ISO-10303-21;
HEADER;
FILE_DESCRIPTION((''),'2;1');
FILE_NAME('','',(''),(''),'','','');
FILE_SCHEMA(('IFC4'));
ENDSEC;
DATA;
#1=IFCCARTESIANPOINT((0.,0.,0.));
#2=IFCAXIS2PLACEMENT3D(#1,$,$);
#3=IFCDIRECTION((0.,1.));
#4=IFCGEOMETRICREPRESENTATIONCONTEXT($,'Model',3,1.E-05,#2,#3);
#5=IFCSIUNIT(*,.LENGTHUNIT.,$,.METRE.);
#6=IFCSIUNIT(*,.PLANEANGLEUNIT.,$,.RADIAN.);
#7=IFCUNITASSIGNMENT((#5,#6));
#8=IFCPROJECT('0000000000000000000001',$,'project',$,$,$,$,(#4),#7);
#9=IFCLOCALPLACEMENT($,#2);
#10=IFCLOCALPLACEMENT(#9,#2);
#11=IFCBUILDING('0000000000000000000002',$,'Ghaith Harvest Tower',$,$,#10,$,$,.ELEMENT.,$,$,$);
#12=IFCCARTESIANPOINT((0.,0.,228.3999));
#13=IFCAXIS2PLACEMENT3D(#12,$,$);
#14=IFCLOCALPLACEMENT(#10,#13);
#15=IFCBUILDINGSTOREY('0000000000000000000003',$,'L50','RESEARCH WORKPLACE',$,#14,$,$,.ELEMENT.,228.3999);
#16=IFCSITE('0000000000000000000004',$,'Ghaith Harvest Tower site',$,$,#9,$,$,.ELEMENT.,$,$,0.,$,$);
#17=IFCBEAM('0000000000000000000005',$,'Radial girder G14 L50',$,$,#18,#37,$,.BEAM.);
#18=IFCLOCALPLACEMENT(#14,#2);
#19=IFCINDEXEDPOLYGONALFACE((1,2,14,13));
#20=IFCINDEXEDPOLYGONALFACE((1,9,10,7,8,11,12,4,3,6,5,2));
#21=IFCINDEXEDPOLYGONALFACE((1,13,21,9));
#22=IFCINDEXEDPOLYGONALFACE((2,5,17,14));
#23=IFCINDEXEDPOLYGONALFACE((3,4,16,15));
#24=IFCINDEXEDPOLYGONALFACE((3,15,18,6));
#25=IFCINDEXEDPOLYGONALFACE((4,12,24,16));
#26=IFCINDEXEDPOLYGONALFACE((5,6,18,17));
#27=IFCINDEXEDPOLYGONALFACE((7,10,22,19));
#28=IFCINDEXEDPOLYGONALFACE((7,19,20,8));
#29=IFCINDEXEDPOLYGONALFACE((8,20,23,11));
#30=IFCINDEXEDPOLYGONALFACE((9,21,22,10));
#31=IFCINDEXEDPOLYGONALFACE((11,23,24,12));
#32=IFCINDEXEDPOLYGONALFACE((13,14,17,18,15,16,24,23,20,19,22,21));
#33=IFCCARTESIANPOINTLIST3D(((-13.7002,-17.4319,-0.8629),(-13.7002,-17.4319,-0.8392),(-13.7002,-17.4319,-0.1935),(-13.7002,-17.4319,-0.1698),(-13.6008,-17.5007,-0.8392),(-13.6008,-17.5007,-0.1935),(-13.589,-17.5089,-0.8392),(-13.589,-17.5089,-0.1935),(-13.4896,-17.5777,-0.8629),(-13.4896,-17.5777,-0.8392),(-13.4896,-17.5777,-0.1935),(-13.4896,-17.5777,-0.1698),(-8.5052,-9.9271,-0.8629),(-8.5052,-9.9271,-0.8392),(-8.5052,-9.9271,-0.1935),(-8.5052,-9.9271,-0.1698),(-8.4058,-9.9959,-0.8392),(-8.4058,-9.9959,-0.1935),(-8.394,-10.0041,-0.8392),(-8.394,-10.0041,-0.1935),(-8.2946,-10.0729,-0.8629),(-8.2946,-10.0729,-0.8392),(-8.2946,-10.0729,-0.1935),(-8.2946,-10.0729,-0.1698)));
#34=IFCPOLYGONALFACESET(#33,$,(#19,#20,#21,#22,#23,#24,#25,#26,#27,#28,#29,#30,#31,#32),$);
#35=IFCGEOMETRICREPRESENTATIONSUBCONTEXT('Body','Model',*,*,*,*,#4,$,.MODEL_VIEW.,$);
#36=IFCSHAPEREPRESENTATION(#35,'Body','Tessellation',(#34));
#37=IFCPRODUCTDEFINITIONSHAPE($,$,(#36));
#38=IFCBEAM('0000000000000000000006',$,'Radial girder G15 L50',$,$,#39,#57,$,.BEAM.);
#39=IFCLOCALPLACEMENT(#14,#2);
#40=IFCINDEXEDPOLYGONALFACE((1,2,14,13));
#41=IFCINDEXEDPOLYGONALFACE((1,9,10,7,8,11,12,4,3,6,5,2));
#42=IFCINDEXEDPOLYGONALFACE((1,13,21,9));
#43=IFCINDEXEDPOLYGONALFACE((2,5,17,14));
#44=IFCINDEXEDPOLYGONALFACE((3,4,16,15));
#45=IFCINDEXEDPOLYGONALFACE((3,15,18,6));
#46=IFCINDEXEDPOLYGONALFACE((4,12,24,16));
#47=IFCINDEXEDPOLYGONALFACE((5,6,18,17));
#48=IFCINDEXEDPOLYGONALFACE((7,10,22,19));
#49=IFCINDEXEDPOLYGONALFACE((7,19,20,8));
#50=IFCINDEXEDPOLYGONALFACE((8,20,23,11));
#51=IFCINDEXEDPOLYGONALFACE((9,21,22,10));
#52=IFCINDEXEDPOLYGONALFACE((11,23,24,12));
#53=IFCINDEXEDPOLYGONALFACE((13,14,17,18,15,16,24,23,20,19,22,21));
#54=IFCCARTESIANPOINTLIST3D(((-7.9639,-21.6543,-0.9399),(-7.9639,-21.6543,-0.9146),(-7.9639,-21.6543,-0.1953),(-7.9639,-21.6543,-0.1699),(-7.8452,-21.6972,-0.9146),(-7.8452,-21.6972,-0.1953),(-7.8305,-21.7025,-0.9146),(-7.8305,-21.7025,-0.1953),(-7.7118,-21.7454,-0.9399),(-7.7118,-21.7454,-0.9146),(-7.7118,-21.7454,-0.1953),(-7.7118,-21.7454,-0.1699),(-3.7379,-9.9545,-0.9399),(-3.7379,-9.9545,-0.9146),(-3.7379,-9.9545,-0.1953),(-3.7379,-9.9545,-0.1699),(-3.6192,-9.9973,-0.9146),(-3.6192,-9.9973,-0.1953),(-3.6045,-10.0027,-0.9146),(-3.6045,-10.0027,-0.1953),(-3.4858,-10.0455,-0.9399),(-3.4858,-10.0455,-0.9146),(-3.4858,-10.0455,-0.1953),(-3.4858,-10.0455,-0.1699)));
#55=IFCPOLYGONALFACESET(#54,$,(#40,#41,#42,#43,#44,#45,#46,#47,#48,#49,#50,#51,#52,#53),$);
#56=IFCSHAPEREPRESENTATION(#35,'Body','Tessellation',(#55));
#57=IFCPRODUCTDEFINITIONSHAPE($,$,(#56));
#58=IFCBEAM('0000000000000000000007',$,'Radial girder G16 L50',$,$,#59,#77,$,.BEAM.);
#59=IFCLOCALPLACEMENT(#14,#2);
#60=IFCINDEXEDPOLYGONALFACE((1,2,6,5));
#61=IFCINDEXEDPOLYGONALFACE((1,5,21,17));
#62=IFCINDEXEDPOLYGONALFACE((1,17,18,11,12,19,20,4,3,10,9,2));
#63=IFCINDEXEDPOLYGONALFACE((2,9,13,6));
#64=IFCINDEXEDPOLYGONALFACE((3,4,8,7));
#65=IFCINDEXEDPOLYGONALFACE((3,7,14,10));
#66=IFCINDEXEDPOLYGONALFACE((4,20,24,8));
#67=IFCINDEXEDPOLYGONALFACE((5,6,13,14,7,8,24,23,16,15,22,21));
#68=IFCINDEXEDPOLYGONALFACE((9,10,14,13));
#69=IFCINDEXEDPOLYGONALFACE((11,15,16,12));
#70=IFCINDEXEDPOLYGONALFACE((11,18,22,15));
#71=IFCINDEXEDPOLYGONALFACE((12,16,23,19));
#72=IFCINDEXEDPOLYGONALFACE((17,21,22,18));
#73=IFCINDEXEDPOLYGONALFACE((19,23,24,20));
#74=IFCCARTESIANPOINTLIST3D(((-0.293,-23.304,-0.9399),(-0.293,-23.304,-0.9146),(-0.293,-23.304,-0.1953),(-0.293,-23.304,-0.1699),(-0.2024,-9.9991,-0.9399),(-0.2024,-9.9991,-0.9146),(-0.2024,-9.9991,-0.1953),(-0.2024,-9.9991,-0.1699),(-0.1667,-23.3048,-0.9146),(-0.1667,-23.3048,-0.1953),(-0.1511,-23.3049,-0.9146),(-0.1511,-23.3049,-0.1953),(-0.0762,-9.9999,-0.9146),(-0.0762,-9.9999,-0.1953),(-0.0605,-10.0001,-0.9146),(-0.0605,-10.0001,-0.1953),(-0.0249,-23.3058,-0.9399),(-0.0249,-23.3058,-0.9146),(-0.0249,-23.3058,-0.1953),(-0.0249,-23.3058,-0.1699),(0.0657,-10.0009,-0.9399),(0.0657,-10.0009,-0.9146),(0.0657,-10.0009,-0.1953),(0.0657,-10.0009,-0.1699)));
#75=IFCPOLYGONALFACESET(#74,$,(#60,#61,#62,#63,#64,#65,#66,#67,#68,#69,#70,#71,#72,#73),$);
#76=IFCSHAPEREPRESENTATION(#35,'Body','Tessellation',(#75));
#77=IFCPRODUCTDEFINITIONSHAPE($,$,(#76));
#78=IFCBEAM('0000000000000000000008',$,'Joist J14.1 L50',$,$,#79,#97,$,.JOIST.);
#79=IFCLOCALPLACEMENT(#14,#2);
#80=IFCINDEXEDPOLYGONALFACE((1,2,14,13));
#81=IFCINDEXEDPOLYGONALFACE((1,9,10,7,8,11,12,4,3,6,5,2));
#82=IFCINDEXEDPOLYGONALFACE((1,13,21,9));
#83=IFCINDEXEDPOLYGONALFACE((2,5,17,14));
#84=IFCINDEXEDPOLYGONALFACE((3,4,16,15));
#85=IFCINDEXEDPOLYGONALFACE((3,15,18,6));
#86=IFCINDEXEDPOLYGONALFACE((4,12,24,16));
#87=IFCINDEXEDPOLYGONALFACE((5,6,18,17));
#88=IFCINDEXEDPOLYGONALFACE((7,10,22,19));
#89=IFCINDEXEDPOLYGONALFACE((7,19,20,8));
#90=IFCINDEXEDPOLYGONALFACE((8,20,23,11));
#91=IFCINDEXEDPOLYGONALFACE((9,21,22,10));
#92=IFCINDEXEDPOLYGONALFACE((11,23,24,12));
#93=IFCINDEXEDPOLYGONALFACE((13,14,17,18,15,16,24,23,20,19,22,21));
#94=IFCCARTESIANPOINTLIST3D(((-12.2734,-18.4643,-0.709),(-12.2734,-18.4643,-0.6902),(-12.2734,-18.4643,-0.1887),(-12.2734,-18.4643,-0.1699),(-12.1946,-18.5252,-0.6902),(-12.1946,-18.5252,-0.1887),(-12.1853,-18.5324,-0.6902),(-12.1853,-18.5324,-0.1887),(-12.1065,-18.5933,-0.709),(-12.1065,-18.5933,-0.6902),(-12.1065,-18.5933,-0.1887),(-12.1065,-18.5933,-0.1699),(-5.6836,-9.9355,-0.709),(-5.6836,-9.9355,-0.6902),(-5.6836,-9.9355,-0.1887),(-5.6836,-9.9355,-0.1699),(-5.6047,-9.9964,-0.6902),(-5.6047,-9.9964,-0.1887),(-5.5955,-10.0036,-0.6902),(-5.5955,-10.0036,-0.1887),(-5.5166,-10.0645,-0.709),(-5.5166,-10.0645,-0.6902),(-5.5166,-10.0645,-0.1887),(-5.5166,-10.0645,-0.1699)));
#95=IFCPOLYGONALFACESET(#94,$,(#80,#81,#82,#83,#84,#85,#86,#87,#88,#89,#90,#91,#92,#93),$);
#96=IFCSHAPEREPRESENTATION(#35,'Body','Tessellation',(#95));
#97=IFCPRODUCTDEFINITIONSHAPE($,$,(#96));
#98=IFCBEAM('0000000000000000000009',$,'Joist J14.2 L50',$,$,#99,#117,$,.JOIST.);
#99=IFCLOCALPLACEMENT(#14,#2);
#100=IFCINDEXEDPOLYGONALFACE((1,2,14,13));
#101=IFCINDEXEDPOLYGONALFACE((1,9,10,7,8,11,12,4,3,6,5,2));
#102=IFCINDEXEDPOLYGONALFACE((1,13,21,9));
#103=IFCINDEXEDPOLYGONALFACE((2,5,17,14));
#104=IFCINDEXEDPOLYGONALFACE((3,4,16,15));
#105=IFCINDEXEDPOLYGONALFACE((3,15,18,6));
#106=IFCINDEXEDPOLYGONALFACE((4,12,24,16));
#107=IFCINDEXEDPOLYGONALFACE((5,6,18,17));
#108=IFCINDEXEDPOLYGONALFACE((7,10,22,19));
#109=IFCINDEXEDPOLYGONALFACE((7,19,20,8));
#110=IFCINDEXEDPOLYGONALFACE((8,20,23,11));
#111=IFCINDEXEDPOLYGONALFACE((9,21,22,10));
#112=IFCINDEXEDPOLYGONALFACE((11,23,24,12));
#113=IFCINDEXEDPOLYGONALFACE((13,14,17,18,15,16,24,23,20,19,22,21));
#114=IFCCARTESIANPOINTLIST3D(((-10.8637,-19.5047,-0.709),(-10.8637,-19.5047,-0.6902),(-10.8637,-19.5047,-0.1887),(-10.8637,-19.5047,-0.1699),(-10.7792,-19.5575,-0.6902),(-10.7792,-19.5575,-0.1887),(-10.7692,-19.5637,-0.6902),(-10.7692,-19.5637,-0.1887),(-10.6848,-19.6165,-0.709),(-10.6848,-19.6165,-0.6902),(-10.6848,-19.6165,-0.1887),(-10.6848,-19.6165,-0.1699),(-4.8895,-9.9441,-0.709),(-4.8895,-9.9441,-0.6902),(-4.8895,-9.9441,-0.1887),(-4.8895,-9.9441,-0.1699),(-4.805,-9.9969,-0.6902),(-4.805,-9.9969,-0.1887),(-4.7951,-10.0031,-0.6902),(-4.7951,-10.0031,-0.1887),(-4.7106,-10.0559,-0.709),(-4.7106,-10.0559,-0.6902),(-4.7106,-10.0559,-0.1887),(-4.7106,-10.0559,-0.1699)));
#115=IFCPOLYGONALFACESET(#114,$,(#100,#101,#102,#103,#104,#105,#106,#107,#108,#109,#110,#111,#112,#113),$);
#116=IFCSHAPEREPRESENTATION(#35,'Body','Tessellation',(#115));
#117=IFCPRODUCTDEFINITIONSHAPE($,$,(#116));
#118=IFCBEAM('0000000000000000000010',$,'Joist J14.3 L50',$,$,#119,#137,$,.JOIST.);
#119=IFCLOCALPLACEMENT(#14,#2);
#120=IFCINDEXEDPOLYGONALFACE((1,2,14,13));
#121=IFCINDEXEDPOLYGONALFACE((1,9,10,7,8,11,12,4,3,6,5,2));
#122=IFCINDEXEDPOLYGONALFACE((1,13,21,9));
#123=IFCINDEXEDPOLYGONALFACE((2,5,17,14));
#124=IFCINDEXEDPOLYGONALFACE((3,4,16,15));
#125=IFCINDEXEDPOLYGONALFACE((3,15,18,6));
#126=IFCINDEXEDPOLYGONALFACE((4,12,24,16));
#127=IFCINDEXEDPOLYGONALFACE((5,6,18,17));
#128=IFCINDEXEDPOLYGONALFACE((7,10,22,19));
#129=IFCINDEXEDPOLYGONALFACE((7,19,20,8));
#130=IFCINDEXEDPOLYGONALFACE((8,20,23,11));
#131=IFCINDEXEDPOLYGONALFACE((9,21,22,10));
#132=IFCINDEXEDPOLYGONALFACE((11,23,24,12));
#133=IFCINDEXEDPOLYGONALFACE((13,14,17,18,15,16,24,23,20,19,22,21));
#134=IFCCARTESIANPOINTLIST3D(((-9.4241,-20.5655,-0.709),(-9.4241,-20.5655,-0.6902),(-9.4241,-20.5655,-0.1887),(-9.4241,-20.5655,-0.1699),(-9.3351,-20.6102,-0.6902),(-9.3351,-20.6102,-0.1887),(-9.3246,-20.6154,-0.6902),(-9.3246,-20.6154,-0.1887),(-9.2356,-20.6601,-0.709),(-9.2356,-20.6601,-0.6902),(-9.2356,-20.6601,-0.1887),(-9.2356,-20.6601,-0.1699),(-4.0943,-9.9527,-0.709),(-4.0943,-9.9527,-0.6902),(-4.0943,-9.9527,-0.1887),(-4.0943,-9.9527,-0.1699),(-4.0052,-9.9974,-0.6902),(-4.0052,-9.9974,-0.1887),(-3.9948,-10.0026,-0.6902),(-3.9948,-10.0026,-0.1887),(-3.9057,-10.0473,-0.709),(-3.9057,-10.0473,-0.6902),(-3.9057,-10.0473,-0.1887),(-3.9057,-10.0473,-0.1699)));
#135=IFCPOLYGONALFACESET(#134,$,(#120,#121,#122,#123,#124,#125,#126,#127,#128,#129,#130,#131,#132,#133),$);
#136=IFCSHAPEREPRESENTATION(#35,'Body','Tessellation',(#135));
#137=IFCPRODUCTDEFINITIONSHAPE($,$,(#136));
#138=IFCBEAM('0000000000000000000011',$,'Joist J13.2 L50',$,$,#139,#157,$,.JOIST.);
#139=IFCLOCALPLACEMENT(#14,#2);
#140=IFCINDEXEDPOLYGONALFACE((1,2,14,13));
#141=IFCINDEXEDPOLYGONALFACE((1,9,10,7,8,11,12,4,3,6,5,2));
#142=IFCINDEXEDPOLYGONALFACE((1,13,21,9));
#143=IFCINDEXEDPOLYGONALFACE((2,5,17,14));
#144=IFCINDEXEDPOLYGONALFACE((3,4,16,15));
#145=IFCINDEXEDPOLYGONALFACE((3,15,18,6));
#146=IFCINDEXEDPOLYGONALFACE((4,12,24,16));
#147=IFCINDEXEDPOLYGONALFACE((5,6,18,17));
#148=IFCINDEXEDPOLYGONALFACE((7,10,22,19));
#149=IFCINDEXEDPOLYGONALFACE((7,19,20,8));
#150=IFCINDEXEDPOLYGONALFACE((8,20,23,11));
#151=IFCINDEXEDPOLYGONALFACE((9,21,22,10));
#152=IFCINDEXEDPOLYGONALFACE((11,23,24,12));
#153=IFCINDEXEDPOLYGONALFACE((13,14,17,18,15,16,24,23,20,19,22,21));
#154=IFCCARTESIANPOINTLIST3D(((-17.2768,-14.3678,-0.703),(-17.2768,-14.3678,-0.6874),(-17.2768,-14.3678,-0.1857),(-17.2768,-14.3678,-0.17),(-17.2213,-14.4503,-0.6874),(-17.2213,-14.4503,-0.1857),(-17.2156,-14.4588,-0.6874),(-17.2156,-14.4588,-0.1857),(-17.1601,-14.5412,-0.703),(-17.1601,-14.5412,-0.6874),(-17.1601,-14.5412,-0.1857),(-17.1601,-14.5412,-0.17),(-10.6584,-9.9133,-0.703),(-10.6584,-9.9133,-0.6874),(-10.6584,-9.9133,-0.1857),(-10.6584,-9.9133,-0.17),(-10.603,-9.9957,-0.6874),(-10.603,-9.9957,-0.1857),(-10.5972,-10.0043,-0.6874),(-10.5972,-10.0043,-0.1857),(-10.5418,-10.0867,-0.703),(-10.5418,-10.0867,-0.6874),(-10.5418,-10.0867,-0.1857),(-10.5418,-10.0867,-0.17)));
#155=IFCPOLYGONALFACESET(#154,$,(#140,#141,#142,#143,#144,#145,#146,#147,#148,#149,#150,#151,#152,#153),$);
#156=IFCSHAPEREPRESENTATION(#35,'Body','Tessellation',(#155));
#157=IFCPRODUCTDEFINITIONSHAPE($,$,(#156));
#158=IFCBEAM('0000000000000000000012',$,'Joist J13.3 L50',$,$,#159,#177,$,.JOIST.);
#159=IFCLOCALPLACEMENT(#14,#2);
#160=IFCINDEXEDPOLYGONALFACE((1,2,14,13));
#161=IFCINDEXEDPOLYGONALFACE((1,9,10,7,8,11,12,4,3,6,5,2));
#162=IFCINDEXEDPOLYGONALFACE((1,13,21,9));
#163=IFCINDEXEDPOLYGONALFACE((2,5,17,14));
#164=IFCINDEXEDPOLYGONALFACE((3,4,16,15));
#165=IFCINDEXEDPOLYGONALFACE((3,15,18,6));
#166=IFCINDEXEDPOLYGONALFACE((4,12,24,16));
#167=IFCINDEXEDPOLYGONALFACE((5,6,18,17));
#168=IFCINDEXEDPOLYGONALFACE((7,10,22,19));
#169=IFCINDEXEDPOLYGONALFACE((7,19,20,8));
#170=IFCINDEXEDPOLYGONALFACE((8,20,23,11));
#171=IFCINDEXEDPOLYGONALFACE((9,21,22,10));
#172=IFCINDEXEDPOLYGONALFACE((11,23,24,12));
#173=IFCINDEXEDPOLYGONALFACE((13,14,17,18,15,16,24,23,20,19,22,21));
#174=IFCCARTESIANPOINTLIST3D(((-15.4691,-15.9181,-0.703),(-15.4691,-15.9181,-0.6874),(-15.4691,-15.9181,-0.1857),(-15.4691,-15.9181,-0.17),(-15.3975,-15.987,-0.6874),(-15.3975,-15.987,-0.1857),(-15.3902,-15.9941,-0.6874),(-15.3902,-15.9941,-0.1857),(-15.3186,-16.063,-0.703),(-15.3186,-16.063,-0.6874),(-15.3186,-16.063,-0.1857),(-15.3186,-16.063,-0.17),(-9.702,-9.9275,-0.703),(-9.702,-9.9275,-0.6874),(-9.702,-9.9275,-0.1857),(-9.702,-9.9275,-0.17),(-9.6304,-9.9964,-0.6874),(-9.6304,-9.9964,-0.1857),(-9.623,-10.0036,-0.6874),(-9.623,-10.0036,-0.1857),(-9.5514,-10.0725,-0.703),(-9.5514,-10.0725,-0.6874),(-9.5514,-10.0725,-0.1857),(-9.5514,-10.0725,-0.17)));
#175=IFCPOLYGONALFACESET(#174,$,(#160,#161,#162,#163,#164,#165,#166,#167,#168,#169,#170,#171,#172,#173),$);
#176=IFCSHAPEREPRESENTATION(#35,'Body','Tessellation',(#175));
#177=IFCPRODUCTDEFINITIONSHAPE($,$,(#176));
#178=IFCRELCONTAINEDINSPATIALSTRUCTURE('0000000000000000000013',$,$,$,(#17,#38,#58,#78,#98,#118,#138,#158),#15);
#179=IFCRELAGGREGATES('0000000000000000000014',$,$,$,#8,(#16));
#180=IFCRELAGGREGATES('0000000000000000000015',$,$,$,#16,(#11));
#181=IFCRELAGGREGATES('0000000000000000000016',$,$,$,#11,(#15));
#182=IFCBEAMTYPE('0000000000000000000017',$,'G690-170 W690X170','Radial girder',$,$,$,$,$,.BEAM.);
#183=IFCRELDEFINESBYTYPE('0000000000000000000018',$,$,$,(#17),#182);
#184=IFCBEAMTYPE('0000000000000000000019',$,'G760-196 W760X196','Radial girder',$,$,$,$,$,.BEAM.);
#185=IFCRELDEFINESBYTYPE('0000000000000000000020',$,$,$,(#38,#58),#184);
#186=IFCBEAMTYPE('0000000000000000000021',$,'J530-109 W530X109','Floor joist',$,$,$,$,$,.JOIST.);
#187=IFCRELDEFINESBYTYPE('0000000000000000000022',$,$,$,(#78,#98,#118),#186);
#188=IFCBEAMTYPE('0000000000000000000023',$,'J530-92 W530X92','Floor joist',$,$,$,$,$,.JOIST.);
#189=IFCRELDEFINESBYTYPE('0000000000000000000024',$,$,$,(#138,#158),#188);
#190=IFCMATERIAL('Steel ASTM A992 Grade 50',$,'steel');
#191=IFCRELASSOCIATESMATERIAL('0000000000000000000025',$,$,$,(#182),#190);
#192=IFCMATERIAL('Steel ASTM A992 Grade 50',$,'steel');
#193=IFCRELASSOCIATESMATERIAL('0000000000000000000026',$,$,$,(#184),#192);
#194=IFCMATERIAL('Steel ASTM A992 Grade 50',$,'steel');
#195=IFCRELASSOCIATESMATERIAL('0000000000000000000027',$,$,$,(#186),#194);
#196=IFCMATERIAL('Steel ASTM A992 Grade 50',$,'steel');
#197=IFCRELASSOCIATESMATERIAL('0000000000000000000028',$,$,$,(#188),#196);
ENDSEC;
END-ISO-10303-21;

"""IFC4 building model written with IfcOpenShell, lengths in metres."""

from ifc_helpers import new_model, si_unit, direction, frame, origin, origin_2d, place, context, subcontext, project, spatial, i_section, extrude, material, material_profile, profile_set, type_object, element, save


model = new_model("IFC4")

# Units and contexts
model_context = context("Model", 3, precision=1e-05, world=origin(), true_north=direction((0.0, 1.0)))
body_context = subcontext(model_context, "Body", "Model", "MODEL_VIEW")
ifc_project = project(units=[si_unit("LENGTHUNIT", "METRE"), si_unit("PLANEANGLEUNIT", "RADIAN")], contexts=[model_context])

# Site, building, storey
site_placement = place(None, origin())
site = spatial("IfcSite", under=ifc_project, at=site_placement, Name="Ghaith Harvest Tower site", CompositionType="ELEMENT", RefElevation=0.0)
building_placement = place(site_placement, origin())
building = spatial("IfcBuilding", under=site, at=building_placement, Name="Ghaith Harvest Tower", CompositionType="ELEMENT")
storey_placement = place(building_placement, frame((0.0, 0.0, 228.3999)))
storey = spatial("IfcBuildingStorey", under=building, at=storey_placement, Name="L50", Description="RESEARCH WORKPLACE", CompositionType="ELEMENT", Elevation=228.3999)

# Beams
ifc_material_1 = material(Name="Steel ASTM A992 Grade 50", Category="steel")
ifc_material_profile_1 = material_profile(ifc_material_1, i_section(OverallWidth=0.2561, OverallDepth=0.6931, WebThickness=0.0144, FlangeThickness=0.0237, at=origin_2d()), Name="W690X170")
ifc_profile_set_1 = profile_set([ifc_material_profile_1], Name="Steel ASTM A992 Grade 50")
beam_type_1 = type_object("IfcBeamType", Name="G690-170 W690X170", Description="Radial girder", PredefinedType="BEAM", material=ifc_profile_set_1)
beam_1_placement = place(storey_placement, frame((-8.3999, -10.0, -0.5164), z_axis=(-0.569164, -0.822224, 0.0), x_axis=(0.822224, -0.569164, 0.0)))
element("IfcBeam", 1, at=beam_1_placement, inside=storey, type_object=beam_type_1, Name="Radial girder G14 L50", PredefinedType="BEAM", context=body_context, shape_type="SweptSolid", body=[
    extrude(i_section(OverallWidth=0.2561, OverallDepth=0.6931, WebThickness=0.0144, FlangeThickness=0.0237, at=origin_2d()), origin(), (0.0, 0.0, 1.0), 9.1274),
])
ifc_material_2 = material(Name="Steel ASTM A992 Grade 50", Category="steel")
ifc_material_profile_2 = material_profile(ifc_material_2, i_section(OverallWidth=0.2681, OverallDepth=0.77, WebThickness=0.0156, FlangeThickness=0.0254, at=origin_2d()), Name="W760X196")
ifc_profile_set_2 = profile_set([ifc_material_profile_2], Name="Steel ASTM A992 Grade 50")
beam_type_2 = type_object("IfcBeamType", Name="G760-196 W760X196", Description="Radial girder", PredefinedType="BEAM", material=ifc_profile_set_2)
beam_2_placement = place(storey_placement, frame((-3.6118, -10.0, -0.5549), z_axis=(-0.339722, -0.940526, 0.0), x_axis=(0.940526, -0.339722, 0.0)))
element("IfcBeam", 2, at=beam_2_placement, inside=storey, type_object=beam_type_2, Name="Radial girder G15 L50", PredefinedType="BEAM", context=body_context, shape_type="SweptSolid", body=[
    extrude(i_section(OverallWidth=0.2681, OverallDepth=0.77, WebThickness=0.0156, FlangeThickness=0.0254, at=origin_2d()), origin(), (0.0, 0.0, 1.0), 12.4397),
])
beam_3_placement = place(storey_placement, frame((-0.0684, -10.0, -0.5549), z_axis=(-0.006808, -0.999977, 0.0), x_axis=(0.999977, -0.006808, 0.0)))
element("IfcBeam", 3, at=beam_3_placement, inside=storey, type_object=beam_type_2, Name="Radial girder G16 L50", PredefinedType="BEAM", context=body_context, shape_type="SweptSolid", body=[
    extrude(i_section(OverallWidth=0.2681, OverallDepth=0.77, WebThickness=0.0156, FlangeThickness=0.0254, at=origin_2d()), origin(), (0.0, 0.0, 1.0), 13.3052),
])
ifc_material_3 = material(Name="Steel ASTM A992 Grade 50", Category="steel")
ifc_material_profile_3 = material_profile(ifc_material_3, i_section(OverallWidth=0.2109, OverallDepth=0.5391, WebThickness=0.0117, FlangeThickness=0.0188, at=origin_2d()), Name="W530X109")
ifc_profile_set_3 = profile_set([ifc_material_profile_3], Name="Steel ASTM A992 Grade 50")
beam_type_3 = type_object("IfcBeamType", Name="J530-109 W530X109", Description="Floor joist", PredefinedType="JOIST", material=ifc_profile_set_3)
beam_4_placement = place(storey_placement, frame((-5.6001, -10.0, -0.4395), z_axis=(-0.611413, -0.791312, 0.0), x_axis=(0.791312, -0.611413, 0.0)))
element("IfcBeam", 4, at=beam_4_placement, inside=storey, type_object=beam_type_3, Name="Joist J14.1 L50", PredefinedType="JOIST", context=body_context, shape_type="SweptSolid", body=[
    extrude(i_section(OverallWidth=0.2109, OverallDepth=0.5391, WebThickness=0.0117, FlangeThickness=0.0188, at=origin_2d()), origin(), (0.0, 0.0, 1.0), 10.7781),
])
beam_5_placement = place(storey_placement, frame((-4.8, -10.0, -0.4395), z_axis=(-0.529921, -0.848047, 0.0), x_axis=(0.848047, -0.529921, 0.0)))
element("IfcBeam", 5, at=beam_5_placement, inside=storey, type_object=beam_type_3, Name="Joist J14.2 L50", PredefinedType="JOIST", context=body_context, shape_type="SweptSolid", body=[
    extrude(i_section(OverallWidth=0.2109, OverallDepth=0.5391, WebThickness=0.0117, FlangeThickness=0.0188, at=origin_2d()), origin(), (0.0, 0.0, 1.0), 11.2737),
])
beam_6_placement = place(storey_placement, frame((-4.0, -10.0, -0.4395), z_axis=(-0.448792, -0.893636, 0.0), x_axis=(0.893636, -0.448792, 0.0)))
element("IfcBeam", 6, at=beam_6_placement, inside=storey, type_object=beam_type_3, Name="Joist J14.3 L50", PredefinedType="JOIST", context=body_context, shape_type="SweptSolid", body=[
    extrude(i_section(OverallWidth=0.2109, OverallDepth=0.5391, WebThickness=0.0117, FlangeThickness=0.0188, at=origin_2d()), origin(), (0.0, 0.0, 1.0), 11.876),
])
ifc_material_4 = material(Name="Steel ASTM A992 Grade 50", Category="steel")
ifc_material_profile_4 = material_profile(ifc_material_4, i_section(OverallWidth=0.209, OverallDepth=0.533, WebThickness=0.0103, FlangeThickness=0.0156, at=origin_2d()), Name="W530X92")
ifc_profile_set_4 = profile_set([ifc_material_profile_4], Name="Steel ASTM A992 Grade 50")
beam_type_4 = type_object("IfcBeamType", Name="J530-92 W530X92", Description="Floor joist", PredefinedType="JOIST", material=ifc_profile_set_4)
beam_7_placement = place(storey_placement, frame((-10.6001, -10.0, -0.4365), z_axis=(-0.829594, -0.558367, 0.0), x_axis=(0.558367, -0.829594, 0.0)))
element("IfcBeam", 7, at=beam_7_placement, inside=storey, type_object=beam_type_4, Name="Joist J13.2 L50", PredefinedType="JOIST", context=body_context, shape_type="SweptSolid", body=[
    extrude(i_section(OverallWidth=0.209, OverallDepth=0.533, WebThickness=0.0103, FlangeThickness=0.0156, at=origin_2d()), origin(), (0.0, 0.0, 1.0), 7.9778),
])
beam_8_placement = place(storey_placement, frame((-9.6267, -10.0, -0.4365), z_axis=(-0.693547, -0.720411, 0.0), x_axis=(0.720411, -0.693547, 0.0)))
element("IfcBeam", 8, at=beam_8_placement, inside=storey, type_object=beam_type_4, Name="Joist J13.3 L50", PredefinedType="JOIST", context=body_context, shape_type="SweptSolid", body=[
    extrude(i_section(OverallWidth=0.209, OverallDepth=0.533, WebThickness=0.0103, FlangeThickness=0.0156, at=origin_2d()), origin(), (0.0, 0.0, 1.0), 8.3154),
])

save(model, "model.ifc")
